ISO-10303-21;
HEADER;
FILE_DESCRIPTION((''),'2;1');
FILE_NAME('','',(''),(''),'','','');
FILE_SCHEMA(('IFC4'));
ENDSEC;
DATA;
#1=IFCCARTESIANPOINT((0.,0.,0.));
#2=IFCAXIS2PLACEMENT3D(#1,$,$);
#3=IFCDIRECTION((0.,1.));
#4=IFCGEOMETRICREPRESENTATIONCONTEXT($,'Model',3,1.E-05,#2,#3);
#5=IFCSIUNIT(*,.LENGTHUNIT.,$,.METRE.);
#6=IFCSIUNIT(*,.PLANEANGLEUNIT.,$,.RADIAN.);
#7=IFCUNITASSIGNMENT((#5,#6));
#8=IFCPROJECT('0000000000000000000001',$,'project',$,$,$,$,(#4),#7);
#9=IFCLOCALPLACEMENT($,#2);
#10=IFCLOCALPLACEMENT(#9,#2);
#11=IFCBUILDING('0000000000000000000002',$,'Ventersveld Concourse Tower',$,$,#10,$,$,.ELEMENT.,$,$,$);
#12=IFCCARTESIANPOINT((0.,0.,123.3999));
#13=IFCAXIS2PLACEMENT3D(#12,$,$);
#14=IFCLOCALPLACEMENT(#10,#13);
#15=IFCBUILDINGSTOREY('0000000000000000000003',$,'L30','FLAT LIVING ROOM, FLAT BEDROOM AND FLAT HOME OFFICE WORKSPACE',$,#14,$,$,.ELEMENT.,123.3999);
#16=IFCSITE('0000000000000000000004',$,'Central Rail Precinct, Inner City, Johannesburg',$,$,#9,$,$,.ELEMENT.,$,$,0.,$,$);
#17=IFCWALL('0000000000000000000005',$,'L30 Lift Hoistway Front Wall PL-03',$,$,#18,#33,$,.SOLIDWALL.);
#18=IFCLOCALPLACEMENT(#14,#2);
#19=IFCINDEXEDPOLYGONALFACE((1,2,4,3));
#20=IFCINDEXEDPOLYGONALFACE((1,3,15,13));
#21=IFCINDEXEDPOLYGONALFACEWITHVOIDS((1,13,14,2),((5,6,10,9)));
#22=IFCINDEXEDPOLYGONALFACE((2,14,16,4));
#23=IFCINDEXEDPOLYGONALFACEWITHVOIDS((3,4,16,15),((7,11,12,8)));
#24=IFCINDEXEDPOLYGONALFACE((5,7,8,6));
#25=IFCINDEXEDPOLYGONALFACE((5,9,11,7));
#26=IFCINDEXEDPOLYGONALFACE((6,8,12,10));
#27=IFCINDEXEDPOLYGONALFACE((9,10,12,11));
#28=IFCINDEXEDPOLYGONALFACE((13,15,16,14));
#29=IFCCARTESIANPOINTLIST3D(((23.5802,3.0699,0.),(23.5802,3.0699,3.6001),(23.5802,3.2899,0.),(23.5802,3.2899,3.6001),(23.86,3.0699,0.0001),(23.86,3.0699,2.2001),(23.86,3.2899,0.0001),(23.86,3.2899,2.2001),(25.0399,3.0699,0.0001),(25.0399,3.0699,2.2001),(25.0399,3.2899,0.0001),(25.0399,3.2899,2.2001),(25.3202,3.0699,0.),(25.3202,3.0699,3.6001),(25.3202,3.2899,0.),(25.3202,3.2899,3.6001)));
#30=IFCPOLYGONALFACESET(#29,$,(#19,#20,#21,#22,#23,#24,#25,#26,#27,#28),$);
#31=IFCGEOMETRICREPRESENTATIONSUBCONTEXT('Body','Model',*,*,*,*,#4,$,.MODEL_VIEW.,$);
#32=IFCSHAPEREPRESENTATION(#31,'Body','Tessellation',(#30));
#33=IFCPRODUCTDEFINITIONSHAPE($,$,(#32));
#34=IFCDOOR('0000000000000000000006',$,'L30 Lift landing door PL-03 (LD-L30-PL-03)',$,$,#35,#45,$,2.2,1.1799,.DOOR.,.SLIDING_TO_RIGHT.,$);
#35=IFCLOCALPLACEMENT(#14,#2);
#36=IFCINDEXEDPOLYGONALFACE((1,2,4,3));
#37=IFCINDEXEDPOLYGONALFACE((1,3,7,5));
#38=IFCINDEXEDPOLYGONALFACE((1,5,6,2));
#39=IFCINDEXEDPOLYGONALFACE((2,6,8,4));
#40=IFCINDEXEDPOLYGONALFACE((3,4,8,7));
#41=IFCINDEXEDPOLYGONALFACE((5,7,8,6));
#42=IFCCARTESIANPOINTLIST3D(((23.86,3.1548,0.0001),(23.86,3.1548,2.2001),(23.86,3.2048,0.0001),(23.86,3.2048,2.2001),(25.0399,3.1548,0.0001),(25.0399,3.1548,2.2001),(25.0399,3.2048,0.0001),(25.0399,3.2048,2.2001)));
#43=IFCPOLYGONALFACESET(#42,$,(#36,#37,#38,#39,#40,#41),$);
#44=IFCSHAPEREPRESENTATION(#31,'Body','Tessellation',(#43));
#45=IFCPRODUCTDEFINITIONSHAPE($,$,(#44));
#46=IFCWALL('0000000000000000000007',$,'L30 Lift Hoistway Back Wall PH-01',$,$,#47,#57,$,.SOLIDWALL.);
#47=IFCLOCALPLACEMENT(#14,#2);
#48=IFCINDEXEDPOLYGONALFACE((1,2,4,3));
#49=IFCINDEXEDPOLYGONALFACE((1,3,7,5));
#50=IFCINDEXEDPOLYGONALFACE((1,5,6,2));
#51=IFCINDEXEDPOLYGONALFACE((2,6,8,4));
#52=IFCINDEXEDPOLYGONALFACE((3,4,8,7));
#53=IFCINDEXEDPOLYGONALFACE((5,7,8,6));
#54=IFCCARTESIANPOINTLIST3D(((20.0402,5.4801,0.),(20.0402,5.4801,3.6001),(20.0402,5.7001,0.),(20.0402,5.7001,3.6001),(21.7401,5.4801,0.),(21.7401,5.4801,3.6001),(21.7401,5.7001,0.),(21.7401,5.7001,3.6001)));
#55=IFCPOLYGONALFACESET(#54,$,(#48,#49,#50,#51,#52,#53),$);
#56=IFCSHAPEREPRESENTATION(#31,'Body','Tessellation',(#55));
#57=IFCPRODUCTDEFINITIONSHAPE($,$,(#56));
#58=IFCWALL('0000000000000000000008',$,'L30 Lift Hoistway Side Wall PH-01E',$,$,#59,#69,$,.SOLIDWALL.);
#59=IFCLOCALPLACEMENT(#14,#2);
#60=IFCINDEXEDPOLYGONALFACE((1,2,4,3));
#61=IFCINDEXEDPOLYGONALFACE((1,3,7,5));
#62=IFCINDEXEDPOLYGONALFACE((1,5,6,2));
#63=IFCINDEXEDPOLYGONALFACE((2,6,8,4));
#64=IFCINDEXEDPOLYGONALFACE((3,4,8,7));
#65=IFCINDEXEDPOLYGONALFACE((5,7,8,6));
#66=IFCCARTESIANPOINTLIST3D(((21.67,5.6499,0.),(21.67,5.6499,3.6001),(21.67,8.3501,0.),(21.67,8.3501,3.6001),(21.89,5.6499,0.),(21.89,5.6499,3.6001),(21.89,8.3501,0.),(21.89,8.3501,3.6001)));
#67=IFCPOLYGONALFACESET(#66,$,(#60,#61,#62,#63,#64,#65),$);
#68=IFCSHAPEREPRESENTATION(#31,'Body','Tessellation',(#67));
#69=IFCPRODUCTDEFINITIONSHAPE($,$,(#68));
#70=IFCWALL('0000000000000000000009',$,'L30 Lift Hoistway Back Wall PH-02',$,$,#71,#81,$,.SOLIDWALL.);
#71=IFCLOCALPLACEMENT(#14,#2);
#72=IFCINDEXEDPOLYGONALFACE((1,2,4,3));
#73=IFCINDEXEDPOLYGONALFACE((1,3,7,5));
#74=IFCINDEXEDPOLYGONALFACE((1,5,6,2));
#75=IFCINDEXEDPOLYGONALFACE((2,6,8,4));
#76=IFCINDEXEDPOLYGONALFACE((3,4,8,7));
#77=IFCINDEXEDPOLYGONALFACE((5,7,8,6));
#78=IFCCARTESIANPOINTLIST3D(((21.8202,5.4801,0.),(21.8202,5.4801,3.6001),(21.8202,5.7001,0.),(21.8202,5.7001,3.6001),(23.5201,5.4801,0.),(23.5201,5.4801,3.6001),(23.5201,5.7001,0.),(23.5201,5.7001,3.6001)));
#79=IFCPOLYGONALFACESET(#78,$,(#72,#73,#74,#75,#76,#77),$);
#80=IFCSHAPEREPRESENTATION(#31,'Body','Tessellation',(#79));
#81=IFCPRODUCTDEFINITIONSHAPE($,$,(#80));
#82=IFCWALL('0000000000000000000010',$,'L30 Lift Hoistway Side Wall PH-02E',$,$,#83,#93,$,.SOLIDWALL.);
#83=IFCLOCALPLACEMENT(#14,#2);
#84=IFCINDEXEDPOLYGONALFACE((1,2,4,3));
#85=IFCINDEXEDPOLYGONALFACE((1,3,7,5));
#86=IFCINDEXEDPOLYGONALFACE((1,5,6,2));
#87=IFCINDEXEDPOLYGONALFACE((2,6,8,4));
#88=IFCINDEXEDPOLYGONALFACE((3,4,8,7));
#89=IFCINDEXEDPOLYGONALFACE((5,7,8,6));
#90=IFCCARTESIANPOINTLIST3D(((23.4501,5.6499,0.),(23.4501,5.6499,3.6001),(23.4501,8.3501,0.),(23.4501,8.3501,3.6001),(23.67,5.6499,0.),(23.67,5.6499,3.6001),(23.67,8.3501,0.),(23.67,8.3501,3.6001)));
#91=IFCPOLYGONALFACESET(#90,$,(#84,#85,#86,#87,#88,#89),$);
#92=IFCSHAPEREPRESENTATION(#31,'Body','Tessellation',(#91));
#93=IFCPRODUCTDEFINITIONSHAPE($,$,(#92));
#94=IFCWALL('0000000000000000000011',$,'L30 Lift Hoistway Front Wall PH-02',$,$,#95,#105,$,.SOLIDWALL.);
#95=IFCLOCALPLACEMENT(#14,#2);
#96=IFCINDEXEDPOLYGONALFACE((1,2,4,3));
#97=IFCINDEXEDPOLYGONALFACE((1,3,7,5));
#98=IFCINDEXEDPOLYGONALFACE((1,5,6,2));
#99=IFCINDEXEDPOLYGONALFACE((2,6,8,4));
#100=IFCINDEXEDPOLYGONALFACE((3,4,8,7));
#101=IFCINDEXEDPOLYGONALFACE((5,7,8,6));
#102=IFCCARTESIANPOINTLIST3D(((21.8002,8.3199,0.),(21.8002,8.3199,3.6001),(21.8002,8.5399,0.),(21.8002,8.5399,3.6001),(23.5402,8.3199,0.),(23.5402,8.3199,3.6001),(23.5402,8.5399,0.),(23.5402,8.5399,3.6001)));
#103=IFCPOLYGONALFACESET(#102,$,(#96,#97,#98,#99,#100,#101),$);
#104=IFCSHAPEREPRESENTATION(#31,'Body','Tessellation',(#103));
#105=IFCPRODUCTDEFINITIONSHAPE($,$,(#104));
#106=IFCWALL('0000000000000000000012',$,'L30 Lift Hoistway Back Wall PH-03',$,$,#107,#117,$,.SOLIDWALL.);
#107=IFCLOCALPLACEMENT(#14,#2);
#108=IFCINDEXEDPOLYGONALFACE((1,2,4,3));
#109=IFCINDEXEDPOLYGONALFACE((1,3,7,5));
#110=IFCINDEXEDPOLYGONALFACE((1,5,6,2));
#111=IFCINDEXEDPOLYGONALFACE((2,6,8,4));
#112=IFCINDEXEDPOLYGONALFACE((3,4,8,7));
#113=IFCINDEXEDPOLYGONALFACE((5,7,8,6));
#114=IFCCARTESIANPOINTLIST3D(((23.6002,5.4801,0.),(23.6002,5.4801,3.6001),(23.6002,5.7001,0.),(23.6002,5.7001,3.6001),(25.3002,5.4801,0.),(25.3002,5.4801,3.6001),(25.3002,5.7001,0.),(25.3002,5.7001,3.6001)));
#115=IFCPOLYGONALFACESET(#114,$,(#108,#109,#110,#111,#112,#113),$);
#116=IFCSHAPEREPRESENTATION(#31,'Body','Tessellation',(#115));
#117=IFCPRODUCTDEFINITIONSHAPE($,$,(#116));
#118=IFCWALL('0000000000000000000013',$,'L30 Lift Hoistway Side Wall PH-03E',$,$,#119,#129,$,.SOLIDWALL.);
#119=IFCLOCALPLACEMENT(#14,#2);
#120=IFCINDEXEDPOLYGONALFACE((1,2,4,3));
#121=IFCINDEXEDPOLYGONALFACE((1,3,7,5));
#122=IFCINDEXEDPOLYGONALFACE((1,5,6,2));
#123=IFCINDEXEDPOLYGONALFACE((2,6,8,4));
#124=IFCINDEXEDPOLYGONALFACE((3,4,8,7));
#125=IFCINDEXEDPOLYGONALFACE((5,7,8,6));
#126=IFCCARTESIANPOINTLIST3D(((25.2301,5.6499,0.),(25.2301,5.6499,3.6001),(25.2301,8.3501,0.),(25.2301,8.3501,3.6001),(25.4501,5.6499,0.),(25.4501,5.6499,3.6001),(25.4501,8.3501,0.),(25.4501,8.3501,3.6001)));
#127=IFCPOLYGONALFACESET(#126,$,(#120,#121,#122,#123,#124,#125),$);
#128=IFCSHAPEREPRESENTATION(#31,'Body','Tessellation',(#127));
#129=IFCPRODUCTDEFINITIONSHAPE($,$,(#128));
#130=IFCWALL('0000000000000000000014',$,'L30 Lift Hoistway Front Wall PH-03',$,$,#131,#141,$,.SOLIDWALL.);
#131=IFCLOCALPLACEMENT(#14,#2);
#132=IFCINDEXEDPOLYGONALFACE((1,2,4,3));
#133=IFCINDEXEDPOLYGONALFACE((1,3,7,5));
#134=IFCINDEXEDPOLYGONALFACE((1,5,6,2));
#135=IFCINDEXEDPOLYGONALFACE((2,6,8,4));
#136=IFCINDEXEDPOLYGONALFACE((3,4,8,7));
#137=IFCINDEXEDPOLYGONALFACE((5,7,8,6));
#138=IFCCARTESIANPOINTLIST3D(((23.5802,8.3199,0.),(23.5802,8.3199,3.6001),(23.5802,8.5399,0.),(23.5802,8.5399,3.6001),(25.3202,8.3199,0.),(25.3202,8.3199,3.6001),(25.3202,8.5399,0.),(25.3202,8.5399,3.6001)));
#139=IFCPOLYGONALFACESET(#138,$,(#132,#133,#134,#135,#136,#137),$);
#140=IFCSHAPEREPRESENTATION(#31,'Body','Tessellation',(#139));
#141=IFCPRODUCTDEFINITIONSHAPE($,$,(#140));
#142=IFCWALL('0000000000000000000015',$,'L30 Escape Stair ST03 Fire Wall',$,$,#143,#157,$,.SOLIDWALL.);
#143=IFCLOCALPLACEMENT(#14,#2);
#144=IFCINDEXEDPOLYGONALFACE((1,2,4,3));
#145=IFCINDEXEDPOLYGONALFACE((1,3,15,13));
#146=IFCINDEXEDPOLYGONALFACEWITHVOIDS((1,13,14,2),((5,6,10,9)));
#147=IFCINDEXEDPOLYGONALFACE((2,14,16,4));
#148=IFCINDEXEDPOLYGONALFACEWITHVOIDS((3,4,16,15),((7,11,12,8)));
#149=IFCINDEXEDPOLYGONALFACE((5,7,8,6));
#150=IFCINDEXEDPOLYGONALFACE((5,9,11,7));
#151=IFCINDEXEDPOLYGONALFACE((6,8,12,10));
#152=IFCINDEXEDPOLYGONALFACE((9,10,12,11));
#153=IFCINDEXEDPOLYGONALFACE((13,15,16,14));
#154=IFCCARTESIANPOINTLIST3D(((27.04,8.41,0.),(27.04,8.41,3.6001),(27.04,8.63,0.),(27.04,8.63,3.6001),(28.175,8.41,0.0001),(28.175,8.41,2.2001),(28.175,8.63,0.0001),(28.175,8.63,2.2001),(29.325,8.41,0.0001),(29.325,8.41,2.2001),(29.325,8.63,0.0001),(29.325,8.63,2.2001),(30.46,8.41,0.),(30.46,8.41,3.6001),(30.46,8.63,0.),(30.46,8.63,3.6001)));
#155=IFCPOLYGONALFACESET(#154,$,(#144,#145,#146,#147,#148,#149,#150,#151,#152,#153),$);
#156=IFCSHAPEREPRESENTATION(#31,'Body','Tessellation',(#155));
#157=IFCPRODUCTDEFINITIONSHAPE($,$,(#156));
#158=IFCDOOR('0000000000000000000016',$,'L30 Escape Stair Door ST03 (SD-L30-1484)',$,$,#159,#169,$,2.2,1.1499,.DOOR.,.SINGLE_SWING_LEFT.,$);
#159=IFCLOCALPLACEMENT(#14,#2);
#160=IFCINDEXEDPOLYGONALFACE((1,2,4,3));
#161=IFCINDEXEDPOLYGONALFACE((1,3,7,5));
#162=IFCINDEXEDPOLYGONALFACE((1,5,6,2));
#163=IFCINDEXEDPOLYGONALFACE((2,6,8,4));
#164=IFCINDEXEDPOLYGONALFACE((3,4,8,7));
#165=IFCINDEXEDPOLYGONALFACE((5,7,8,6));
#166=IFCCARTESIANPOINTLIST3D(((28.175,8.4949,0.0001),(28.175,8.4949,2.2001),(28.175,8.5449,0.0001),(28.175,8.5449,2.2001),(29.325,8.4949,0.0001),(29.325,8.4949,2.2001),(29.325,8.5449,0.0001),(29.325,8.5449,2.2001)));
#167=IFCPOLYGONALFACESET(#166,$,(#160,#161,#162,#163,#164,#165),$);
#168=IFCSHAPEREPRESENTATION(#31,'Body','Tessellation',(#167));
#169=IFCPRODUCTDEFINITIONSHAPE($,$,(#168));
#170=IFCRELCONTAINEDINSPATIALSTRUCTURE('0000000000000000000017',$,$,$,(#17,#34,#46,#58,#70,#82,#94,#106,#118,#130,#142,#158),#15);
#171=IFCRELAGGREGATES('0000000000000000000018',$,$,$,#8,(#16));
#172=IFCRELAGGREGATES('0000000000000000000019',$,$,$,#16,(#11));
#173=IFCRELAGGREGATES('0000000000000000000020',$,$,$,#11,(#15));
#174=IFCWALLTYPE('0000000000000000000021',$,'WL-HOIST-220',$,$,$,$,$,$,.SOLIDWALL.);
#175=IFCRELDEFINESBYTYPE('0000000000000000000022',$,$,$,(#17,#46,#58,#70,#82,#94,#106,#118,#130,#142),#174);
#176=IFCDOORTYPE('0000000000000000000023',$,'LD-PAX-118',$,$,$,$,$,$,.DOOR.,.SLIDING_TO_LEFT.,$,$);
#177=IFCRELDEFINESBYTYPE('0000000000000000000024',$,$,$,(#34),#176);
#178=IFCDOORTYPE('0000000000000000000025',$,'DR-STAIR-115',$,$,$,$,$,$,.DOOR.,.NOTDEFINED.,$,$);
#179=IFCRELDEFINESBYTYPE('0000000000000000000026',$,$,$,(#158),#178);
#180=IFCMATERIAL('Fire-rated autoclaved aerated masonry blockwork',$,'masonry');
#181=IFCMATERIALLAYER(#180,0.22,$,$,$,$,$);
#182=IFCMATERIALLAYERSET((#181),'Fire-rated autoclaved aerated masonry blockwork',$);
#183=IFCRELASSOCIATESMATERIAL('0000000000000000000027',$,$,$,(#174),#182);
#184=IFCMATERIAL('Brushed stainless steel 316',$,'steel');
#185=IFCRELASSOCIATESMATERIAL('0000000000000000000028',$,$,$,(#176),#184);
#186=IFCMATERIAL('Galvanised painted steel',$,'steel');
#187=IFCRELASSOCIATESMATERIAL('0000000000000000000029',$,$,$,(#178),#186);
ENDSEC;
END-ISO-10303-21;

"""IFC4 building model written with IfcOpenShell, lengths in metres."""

from ifc_helpers import new_model, si_unit, direction, frame, frame_2d, origin, place, context, subcontext, project, spatial, rectangle, extrude, material, layer, layer_set, type_object, element, fill, save


model = new_model("IFC4")

# Units and contexts
model_context = context("Model", 3, precision=1e-05, world=origin(), true_north=direction((0.0, 1.0)))
body_context = subcontext(model_context, "Body", "Model", "MODEL_VIEW")
ifc_project = project(units=[si_unit("LENGTHUNIT", "METRE"), si_unit("PLANEANGLEUNIT", "RADIAN")], contexts=[model_context])

# Site, building, storey
site_placement = place(None, origin())
site = spatial("IfcSite", under=ifc_project, at=site_placement, Name="Central Rail Precinct, Inner City, Johannesburg", CompositionType="ELEMENT", RefElevation=0.0)
building_placement = place(site_placement, origin())
building = spatial("IfcBuilding", under=site, at=building_placement, Name="Ventersveld Concourse Tower", CompositionType="ELEMENT")
storey_placement = place(building_placement, frame((0.0, 0.0, 123.3999)))
storey = spatial("IfcBuildingStorey", under=building, at=storey_placement, Name="L30", Description="FLAT LIVING ROOM, FLAT BEDROOM AND FLAT HOME OFFICE WORKSPACE", CompositionType="ELEMENT", Elevation=123.3999)

# Shared definitions
ifc_material_1 = material(Name="Fire-rated autoclaved aerated masonry blockwork", Category="masonry")
ifc_layer_1 = layer(ifc_material_1, 0.22)
ifc_layer_set_1 = layer_set([ifc_layer_1], Name="Fire-rated autoclaved aerated masonry blockwork")
wall_type_1 = type_object("IfcWallType", Name="WL-HOIST-220", PredefinedType="SOLIDWALL", material=ifc_layer_set_1)

# Shared definitions
ifc_material_2 = material(Name="Brushed stainless steel 316", Category="steel")
door_type_1 = type_object("IfcDoorType", Name="LD-PAX-118", OperationType="SLIDING_TO_LEFT", PredefinedType="DOOR", material=ifc_material_2)

# Wall, opening, door
wall_1_placement = place(storey_placement, frame((23.5801, 3.1799, 0.0), z_axis=(0.0, 0.0, 1.0), x_axis=(1.0, 0.0, 0.0)))
wall_1 = element("IfcWall", 1, at=wall_1_placement, inside=storey, type_object=wall_type_1, Name="L30 Lift Hoistway Front Wall PL-03", PredefinedType="SOLIDWALL", context=body_context, shape_type="SweptSolid", body=[
    extrude(rectangle(XDim=1.74, YDim=0.22, at=frame_2d((0.8701, 0.0))), origin(), (0.0, 0.0, 1.0), 3.6001),
])
opening_1_placement = place(wall_1_placement, frame((0.28, 0.0, 0.0)))
opening_1 = element("IfcOpeningElement", 2, at=opening_1_placement, cuts=wall_1, PredefinedType="OPENING", context=body_context, shape_type="SweptSolid", body=[
    extrude(rectangle(XDim=1.1799, YDim=2.2, at=frame_2d((0.5898, 1.1001))), frame((0.0, 0.1201, 0.0), z_axis=(0.0, -1.0, 0.0), x_axis=(1.0, 0.0, 0.0)), (0.0, 0.0, 1.0), 0.24),
])
door_1_placement = place(opening_1_placement, origin())
door_1 = element("IfcDoor", 3, at=door_1_placement, inside=storey, type_object=door_type_1, Name="L30 Lift landing door PL-03 (LD-L30-PL-03)", OperationType="SLIDING_TO_RIGHT", OverallHeight=2.2, OverallWidth=1.1799, PredefinedType="DOOR", context=body_context, shape_type="SweptSolid", body=[
    extrude(rectangle(XDim=1.1799, YDim=2.2, at=frame_2d((0.5898, 1.1001))), frame((0.0, 0.0249, 0.0), z_axis=(0.0, -1.0, 0.0), x_axis=(1.0, 0.0, 0.0)), (0.0, 0.0, 1.0), 0.05),
])
fill(opening_1, door_1)

# Walls
wall_2_placement = place(storey_placement, frame((20.04, 5.5901, 0.0), z_axis=(0.0, 0.0, 1.0), x_axis=(1.0, 0.0, 0.0)))
element("IfcWall", 4, at=wall_2_placement, inside=storey, type_object=wall_type_1, Name="L30 Lift Hoistway Back Wall PH-01", PredefinedType="SOLIDWALL", context=body_context, shape_type="SweptSolid", body=[
    extrude(rectangle(XDim=1.7, YDim=0.22, at=frame_2d((0.8501, 0.0))), origin(), (0.0, 0.0, 1.0), 3.6001),
])
wall_3_placement = place(storey_placement, frame((21.78, 5.6499, 0.0), z_axis=(0.0, 0.0, 1.0), x_axis=(0.0, 1.0, 0.0)))
element("IfcWall", 5, at=wall_3_placement, inside=storey, type_object=wall_type_1, Name="L30 Lift Hoistway Side Wall PH-01E", PredefinedType="SOLIDWALL", context=body_context, shape_type="SweptSolid", body=[
    extrude(rectangle(XDim=2.7002, YDim=0.22, at=frame_2d((1.3501, 0.0))), origin(), (0.0, 0.0, 1.0), 3.6001),
])
wall_4_placement = place(storey_placement, frame((21.8201, 5.5901, 0.0), z_axis=(0.0, 0.0, 1.0), x_axis=(1.0, 0.0, 0.0)))
element("IfcWall", 6, at=wall_4_placement, inside=storey, type_object=wall_type_1, Name="L30 Lift Hoistway Back Wall PH-02", PredefinedType="SOLIDWALL", context=body_context, shape_type="SweptSolid", body=[
    extrude(rectangle(XDim=1.7, YDim=0.22, at=frame_2d((0.8501, 0.0))), origin(), (0.0, 0.0, 1.0), 3.6001),
])
wall_5_placement = place(storey_placement, frame((23.5601, 5.6499, 0.0), z_axis=(0.0, 0.0, 1.0), x_axis=(0.0, 1.0, 0.0)))
element("IfcWall", 7, at=wall_5_placement, inside=storey, type_object=wall_type_1, Name="L30 Lift Hoistway Side Wall PH-02E", PredefinedType="SOLIDWALL", context=body_context, shape_type="SweptSolid", body=[
    extrude(rectangle(XDim=2.7002, YDim=0.22, at=frame_2d((1.3501, 0.0))), origin(), (0.0, 0.0, 1.0), 3.6001),
])
wall_6_placement = place(storey_placement, frame((21.8, 8.4299, 0.0), z_axis=(0.0, 0.0, 1.0), x_axis=(1.0, 0.0, 0.0)))
element("IfcWall", 8, at=wall_6_placement, inside=storey, type_object=wall_type_1, Name="L30 Lift Hoistway Front Wall PH-02", PredefinedType="SOLIDWALL", context=body_context, shape_type="SweptSolid", body=[
    extrude(rectangle(XDim=1.74, YDim=0.22, at=frame_2d((0.8701, 0.0))), origin(), (0.0, 0.0, 1.0), 3.6001),
])
wall_7_placement = place(storey_placement, frame((23.6001, 5.5901, 0.0), z_axis=(0.0, 0.0, 1.0), x_axis=(1.0, 0.0, 0.0)))
element("IfcWall", 9, at=wall_7_placement, inside=storey, type_object=wall_type_1, Name="L30 Lift Hoistway Back Wall PH-03", PredefinedType="SOLIDWALL", context=body_context, shape_type="SweptSolid", body=[
    extrude(rectangle(XDim=1.7, YDim=0.22, at=frame_2d((0.8501, 0.0))), origin(), (0.0, 0.0, 1.0), 3.6001),
])
wall_8_placement = place(storey_placement, frame((25.3401, 5.6499, 0.0), z_axis=(0.0, 0.0, 1.0), x_axis=(0.0, 1.0, 0.0)))
element("IfcWall", 10, at=wall_8_placement, inside=storey, type_object=wall_type_1, Name="L30 Lift Hoistway Side Wall PH-03E", PredefinedType="SOLIDWALL", context=body_context, shape_type="SweptSolid", body=[
    extrude(rectangle(XDim=2.7002, YDim=0.22, at=frame_2d((1.3501, 0.0))), origin(), (0.0, 0.0, 1.0), 3.6001),
])
wall_9_placement = place(storey_placement, frame((23.5801, 8.4299, 0.0), z_axis=(0.0, 0.0, 1.0), x_axis=(1.0, 0.0, 0.0)))
element("IfcWall", 11, at=wall_9_placement, inside=storey, type_object=wall_type_1, Name="L30 Lift Hoistway Front Wall PH-03", PredefinedType="SOLIDWALL", context=body_context, shape_type="SweptSolid", body=[
    extrude(rectangle(XDim=1.74, YDim=0.22, at=frame_2d((0.8701, 0.0))), origin(), (0.0, 0.0, 1.0), 3.6001),
])

# Wall, opening, door
wall_10_placement = place(storey_placement, frame((27.04, 8.52, 0.0), z_axis=(0.0, 0.0, 1.0), x_axis=(1.0, 0.0, 0.0)))
wall_10 = element("IfcWall", 12, at=wall_10_placement, inside=storey, type_object=wall_type_1, Name="L30 Escape Stair ST03 Fire Wall", PredefinedType="SOLIDWALL", context=body_context, shape_type="SweptSolid", body=[
    extrude(rectangle(XDim=3.4199, YDim=0.22, at=frame_2d((1.71, 0.0))), origin(), (0.0, 0.0, 1.0), 3.6001),
])
opening_2_placement = place(wall_10_placement, frame((1.135, 0.0, 0.0)))
opening_2 = element("IfcOpeningElement", 13, at=opening_2_placement, cuts=wall_10, PredefinedType="OPENING", context=body_context, shape_type="SweptSolid", body=[
    extrude(rectangle(XDim=1.1499, YDim=2.2, at=frame_2d((0.575, 1.1001))), frame((0.0, 0.1201, 0.0), z_axis=(0.0, -1.0, 0.0), x_axis=(1.0, 0.0, 0.0)), (0.0, 0.0, 1.0), 0.24),
])
ifc_material_3 = material(Name="Galvanised painted steel", Category="steel")
door_type_2 = type_object("IfcDoorType", Name="DR-STAIR-115", OperationType="NOTDEFINED", PredefinedType="DOOR", material=ifc_material_3)
door_2_placement = place(opening_2_placement, origin())
door_2 = element("IfcDoor", 14, at=door_2_placement, inside=storey, type_object=door_type_2, Name="L30 Escape Stair Door ST03 (SD-L30-1484)", OperationType="SINGLE_SWING_LEFT", OverallHeight=2.2, OverallWidth=1.1499, PredefinedType="DOOR", context=body_context, shape_type="SweptSolid", body=[
    extrude(rectangle(XDim=1.1499, YDim=2.2, at=frame_2d((0.575, 1.1001))), frame((0.0, 0.0249, 0.0), z_axis=(0.0, -1.0, 0.0), x_axis=(1.0, 0.0, 0.0)), (0.0, 0.0, 1.0), 0.05),
])
fill(opening_2, door_2)

save(model, "model.ifc")
